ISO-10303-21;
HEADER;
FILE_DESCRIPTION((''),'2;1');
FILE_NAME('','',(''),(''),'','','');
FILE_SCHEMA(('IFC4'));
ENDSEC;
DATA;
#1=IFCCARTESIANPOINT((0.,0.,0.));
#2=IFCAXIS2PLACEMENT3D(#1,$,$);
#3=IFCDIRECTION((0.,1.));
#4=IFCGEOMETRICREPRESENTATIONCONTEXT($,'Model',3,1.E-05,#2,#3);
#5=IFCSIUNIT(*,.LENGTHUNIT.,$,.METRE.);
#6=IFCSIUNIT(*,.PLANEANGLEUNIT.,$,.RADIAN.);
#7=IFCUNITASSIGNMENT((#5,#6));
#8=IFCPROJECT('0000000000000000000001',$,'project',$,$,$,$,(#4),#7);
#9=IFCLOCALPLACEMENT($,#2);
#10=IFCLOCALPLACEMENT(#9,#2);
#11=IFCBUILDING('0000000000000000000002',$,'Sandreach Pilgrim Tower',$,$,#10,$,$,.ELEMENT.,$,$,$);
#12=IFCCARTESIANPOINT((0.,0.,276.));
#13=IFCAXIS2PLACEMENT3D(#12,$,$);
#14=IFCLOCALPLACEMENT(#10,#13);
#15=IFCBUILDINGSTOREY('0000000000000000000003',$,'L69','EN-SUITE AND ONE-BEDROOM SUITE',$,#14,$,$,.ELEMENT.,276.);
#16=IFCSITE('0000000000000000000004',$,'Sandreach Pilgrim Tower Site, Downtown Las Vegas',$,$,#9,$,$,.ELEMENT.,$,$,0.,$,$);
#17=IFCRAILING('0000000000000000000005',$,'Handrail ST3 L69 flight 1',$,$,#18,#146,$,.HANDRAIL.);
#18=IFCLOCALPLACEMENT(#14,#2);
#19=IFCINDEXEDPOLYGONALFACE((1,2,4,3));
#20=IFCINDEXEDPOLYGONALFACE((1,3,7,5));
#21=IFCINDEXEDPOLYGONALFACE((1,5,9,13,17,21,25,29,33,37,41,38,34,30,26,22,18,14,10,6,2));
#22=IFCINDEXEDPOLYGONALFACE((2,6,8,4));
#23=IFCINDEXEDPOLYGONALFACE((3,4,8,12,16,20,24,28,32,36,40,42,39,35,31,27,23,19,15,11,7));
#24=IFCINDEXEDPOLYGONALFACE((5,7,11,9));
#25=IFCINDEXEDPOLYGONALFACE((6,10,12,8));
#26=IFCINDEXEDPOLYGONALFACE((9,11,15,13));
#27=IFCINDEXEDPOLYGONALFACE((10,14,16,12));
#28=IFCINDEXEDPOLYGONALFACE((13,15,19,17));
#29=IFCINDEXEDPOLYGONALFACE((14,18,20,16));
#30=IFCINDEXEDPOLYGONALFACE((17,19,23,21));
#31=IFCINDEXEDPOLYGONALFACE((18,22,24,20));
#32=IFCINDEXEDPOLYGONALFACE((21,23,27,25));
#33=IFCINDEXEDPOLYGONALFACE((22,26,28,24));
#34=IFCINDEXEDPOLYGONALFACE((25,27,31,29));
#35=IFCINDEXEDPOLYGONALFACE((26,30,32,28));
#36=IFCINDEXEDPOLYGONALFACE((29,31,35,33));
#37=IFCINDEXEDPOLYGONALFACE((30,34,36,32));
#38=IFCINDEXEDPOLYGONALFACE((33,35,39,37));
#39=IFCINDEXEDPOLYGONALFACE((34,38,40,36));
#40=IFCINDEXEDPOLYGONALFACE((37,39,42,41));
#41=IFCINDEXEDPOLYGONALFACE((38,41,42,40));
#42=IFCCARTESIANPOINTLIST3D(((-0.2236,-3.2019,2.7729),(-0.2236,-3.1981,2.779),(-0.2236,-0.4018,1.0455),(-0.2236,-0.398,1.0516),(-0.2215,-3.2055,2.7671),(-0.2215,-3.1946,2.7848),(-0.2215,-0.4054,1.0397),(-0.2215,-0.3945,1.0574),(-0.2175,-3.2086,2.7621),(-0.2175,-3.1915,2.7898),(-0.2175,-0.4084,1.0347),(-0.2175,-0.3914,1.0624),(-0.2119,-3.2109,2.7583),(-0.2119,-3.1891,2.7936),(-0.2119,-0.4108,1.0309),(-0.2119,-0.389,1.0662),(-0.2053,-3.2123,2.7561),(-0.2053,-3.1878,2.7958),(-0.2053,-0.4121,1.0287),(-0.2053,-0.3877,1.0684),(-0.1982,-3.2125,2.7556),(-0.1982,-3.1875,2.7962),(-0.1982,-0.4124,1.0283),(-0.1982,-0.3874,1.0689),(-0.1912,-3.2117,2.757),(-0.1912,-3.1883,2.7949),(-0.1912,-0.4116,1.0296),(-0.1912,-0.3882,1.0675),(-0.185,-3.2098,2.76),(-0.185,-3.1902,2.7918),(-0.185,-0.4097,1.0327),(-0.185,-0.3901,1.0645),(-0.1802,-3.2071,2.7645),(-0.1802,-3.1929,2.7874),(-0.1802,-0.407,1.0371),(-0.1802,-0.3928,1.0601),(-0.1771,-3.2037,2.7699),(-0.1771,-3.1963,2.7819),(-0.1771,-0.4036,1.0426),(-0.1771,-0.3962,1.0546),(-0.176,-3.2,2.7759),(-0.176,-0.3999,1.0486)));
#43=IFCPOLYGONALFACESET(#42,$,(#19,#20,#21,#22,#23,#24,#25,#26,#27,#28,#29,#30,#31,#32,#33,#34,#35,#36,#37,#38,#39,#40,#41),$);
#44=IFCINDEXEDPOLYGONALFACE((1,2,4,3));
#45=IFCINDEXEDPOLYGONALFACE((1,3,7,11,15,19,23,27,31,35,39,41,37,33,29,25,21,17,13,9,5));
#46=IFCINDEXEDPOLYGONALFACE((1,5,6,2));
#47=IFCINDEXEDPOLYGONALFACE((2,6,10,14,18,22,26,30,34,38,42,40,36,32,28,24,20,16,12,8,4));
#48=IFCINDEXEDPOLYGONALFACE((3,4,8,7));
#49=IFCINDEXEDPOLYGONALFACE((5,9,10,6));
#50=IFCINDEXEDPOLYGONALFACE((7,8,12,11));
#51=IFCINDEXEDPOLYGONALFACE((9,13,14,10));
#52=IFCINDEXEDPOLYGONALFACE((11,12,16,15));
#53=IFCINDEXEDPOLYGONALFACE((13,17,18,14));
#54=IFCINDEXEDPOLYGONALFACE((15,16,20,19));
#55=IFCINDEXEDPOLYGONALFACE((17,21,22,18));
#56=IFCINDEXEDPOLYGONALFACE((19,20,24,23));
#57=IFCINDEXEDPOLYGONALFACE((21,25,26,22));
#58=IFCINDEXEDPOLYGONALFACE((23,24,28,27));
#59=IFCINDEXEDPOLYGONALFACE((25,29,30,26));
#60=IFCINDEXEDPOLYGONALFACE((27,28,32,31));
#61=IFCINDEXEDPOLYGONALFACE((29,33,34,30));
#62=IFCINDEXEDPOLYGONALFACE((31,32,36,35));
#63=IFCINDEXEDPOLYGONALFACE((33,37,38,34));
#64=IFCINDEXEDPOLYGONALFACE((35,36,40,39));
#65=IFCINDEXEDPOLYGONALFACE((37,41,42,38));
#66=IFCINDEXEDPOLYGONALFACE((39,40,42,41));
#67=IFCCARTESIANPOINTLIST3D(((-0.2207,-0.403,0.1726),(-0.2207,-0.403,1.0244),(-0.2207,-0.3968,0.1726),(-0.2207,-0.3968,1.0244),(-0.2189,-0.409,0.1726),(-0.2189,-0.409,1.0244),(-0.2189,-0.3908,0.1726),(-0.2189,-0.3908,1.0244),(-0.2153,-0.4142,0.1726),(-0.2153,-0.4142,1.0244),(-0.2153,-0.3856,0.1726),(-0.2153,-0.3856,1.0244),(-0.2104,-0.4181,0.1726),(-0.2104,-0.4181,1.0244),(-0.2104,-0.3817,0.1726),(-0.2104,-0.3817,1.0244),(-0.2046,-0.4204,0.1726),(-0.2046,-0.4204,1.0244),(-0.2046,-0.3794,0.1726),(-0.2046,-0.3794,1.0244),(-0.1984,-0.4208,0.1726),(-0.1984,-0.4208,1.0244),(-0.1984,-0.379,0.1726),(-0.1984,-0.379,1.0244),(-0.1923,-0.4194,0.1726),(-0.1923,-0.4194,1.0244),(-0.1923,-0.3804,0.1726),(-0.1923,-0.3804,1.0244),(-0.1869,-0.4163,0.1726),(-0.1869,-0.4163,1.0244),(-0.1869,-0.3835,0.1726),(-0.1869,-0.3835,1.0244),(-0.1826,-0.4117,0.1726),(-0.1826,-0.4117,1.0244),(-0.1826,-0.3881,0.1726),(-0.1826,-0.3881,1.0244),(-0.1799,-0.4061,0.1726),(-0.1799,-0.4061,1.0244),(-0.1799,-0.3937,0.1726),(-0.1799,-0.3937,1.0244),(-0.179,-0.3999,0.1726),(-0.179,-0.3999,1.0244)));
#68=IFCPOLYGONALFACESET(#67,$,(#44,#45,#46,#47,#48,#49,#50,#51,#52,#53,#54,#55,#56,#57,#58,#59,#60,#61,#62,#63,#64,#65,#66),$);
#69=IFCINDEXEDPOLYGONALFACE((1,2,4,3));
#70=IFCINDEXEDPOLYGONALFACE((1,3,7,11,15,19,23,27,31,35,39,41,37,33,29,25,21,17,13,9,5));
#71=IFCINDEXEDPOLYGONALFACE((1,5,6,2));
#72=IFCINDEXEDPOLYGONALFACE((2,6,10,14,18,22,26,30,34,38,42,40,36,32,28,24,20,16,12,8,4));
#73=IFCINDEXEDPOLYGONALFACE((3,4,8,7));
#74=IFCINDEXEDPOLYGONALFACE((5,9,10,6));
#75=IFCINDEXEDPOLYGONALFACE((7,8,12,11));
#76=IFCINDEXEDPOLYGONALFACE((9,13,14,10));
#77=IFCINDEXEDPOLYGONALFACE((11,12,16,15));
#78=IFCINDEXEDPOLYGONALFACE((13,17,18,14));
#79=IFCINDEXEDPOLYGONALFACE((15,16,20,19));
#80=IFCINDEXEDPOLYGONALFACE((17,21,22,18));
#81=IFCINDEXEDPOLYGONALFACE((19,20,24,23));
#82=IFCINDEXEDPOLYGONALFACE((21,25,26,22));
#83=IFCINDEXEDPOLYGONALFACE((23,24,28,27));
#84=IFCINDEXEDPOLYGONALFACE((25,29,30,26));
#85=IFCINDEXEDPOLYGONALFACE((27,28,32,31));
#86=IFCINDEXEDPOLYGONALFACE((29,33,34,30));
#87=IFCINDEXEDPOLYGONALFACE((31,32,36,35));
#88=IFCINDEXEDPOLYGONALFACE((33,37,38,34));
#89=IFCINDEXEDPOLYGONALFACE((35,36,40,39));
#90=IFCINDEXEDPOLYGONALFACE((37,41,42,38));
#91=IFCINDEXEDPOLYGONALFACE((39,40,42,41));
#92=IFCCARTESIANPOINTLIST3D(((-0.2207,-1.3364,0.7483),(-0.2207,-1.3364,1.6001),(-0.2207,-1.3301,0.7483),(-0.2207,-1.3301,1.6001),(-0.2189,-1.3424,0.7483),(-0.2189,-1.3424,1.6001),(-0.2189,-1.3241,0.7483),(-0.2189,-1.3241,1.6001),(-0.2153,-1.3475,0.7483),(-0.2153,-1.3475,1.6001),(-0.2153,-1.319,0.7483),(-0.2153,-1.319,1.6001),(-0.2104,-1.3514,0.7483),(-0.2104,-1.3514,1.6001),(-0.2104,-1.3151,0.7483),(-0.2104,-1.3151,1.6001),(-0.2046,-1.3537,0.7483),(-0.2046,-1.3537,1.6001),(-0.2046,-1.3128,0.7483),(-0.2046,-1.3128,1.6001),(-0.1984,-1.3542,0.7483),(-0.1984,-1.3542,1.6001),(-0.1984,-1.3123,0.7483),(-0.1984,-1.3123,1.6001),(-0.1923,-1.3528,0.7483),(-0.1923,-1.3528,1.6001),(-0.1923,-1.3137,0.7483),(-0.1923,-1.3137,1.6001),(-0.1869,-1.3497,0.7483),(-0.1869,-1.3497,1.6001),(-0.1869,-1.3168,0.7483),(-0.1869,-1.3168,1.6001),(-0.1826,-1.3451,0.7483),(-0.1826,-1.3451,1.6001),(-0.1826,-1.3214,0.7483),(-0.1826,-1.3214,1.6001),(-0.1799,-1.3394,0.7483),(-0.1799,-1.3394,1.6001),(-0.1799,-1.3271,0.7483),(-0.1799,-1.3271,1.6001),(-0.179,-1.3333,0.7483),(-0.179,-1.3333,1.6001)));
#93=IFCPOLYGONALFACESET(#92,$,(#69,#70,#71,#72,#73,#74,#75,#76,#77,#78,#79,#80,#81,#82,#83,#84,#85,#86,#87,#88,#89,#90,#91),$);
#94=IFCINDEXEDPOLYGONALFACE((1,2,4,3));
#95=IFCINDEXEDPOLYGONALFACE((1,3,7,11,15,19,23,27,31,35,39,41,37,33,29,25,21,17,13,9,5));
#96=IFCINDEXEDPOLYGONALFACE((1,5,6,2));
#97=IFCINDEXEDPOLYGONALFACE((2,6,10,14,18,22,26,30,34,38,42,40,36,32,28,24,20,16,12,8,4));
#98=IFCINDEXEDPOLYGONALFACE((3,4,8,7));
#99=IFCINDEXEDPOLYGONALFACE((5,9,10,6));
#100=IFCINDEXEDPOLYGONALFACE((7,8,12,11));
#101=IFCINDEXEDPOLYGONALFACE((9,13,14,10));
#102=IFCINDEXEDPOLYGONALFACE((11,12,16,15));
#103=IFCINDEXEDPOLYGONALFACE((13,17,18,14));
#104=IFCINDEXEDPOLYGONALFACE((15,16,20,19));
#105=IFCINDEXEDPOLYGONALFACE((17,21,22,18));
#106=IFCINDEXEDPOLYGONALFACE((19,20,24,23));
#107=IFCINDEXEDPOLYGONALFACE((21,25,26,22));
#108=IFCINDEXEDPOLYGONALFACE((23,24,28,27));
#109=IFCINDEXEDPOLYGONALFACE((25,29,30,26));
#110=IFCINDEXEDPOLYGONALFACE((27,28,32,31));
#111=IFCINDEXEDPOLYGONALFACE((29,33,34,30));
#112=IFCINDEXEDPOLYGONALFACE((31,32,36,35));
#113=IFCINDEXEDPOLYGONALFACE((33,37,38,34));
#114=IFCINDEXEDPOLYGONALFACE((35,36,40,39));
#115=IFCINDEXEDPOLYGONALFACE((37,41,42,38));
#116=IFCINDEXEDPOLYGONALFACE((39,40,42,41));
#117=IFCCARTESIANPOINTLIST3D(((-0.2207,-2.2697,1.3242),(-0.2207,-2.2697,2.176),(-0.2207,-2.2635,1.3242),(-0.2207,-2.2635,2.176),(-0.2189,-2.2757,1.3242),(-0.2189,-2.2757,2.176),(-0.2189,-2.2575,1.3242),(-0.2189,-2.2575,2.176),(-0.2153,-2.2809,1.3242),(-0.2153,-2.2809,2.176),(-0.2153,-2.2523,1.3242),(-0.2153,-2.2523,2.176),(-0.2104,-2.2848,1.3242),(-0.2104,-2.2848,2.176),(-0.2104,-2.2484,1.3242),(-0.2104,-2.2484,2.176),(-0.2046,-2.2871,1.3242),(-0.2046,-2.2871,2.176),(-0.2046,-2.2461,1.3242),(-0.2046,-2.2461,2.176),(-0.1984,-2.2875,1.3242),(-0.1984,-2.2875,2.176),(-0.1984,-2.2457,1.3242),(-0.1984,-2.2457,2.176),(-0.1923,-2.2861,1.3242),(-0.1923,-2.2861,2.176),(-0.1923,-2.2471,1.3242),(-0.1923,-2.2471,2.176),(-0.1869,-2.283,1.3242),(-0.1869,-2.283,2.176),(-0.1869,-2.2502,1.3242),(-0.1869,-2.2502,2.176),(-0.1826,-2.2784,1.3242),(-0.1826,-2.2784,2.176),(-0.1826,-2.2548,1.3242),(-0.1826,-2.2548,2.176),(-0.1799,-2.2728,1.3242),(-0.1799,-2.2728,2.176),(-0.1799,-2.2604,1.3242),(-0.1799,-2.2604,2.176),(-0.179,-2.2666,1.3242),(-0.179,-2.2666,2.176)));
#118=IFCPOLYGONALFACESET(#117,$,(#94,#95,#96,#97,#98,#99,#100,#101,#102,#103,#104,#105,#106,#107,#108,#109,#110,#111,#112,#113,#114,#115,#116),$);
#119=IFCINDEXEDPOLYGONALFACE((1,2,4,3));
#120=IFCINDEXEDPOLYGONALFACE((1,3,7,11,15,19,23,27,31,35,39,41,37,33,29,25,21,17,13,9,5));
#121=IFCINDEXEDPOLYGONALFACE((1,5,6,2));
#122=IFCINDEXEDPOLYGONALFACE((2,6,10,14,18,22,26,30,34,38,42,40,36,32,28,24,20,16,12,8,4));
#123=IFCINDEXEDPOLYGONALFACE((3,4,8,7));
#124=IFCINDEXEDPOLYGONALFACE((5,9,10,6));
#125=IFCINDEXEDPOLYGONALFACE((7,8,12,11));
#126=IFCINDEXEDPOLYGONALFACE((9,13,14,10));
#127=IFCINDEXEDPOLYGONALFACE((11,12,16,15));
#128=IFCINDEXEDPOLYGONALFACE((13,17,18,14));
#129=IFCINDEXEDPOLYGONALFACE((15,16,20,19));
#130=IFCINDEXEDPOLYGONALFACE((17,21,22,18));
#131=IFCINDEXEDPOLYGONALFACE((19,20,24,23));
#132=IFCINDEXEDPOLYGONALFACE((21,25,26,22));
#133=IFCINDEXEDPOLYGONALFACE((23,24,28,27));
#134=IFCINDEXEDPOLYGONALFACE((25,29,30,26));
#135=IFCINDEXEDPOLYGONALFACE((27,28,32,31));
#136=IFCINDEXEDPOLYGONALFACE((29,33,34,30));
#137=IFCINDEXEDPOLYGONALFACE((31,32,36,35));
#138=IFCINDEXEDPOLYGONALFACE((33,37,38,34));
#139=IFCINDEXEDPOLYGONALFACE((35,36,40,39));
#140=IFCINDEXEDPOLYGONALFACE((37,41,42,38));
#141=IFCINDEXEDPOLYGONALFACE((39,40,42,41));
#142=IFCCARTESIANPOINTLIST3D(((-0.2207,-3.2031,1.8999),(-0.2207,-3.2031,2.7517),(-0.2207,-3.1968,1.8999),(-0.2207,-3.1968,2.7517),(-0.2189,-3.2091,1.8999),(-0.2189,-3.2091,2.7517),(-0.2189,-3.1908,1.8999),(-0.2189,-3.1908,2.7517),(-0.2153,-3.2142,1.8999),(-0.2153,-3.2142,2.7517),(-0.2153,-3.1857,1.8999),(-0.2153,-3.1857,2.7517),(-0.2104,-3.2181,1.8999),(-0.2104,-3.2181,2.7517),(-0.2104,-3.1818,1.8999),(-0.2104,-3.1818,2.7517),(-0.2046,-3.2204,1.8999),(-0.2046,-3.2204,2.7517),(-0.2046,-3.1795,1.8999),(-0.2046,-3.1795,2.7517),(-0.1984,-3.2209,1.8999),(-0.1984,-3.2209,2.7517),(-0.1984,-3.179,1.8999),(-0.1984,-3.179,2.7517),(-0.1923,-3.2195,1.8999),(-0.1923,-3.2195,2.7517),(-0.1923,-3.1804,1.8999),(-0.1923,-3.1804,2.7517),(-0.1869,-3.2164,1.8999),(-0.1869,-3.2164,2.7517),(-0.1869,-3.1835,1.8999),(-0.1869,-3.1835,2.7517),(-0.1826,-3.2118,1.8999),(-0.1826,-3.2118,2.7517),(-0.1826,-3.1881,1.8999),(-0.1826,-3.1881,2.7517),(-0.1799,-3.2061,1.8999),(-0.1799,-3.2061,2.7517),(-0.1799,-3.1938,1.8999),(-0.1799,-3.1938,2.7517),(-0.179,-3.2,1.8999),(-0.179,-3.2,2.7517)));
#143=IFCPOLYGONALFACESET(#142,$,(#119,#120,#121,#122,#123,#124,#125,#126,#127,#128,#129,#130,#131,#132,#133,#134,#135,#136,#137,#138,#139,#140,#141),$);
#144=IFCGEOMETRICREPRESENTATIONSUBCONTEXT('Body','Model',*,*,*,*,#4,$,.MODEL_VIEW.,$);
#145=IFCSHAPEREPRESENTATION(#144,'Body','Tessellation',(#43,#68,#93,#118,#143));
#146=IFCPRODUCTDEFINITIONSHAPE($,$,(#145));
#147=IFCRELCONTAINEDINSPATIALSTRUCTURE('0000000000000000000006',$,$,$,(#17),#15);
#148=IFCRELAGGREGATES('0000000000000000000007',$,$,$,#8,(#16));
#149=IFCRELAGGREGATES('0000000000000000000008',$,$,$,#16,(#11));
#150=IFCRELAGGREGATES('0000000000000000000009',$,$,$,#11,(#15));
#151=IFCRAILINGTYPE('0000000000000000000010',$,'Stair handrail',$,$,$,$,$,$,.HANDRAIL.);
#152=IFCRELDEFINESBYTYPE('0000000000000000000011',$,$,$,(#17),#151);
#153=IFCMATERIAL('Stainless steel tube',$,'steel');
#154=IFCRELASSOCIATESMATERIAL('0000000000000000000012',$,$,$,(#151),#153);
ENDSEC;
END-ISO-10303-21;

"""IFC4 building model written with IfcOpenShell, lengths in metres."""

from ifc_helpers import new_model, si_unit, direction, frame, origin, origin_2d, place, context, subcontext, project, spatial, circle, extrude, material, type_object, element, save


model = new_model("IFC4")

# Units and contexts
model_context = context("Model", 3, precision=1e-05, world=origin(), true_north=direction((0.0, 1.0)))
body_context = subcontext(model_context, "Body", "Model", "MODEL_VIEW")
ifc_project = project(units=[si_unit("LENGTHUNIT", "METRE"), si_unit("PLANEANGLEUNIT", "RADIAN")], contexts=[model_context])

# Site, building, storey
site_placement = place(None, origin())
site = spatial("IfcSite", under=ifc_project, at=site_placement, Name="Sandreach Pilgrim Tower Site, Downtown Las Vegas", CompositionType="ELEMENT", RefElevation=0.0)
building_placement = place(site_placement, origin())
building = spatial("IfcBuilding", under=site, at=building_placement, Name="Sandreach Pilgrim Tower", CompositionType="ELEMENT")
storey_placement = place(building_placement, frame((0.0, 0.0, 276.0)))
storey = spatial("IfcBuildingStorey", under=building, at=storey_placement, Name="L69", Description="EN-SUITE AND ONE-BEDROOM SUITE", CompositionType="ELEMENT", Elevation=276.0)

# Railing
ifc_material_1 = material(Name="Stainless steel tube", Category="steel")
railing_type = type_object("IfcRailingType", Name="Stair handrail", PredefinedType="HANDRAIL", material=ifc_material_1)
for number, where, name in (
    (1, (-0.2, -0.3999, 0.1726), "Handrail ST3 L69 flight 1"),
):
    element("IfcRailing", number, at=place(storey_placement, frame(where)), inside=storey, type_object=railing_type, Name=name, PredefinedType="HANDRAIL", context=body_context, shape_type="SweptSolid", body=[
        extrude(circle(Radius=0.0239, at=origin_2d()), frame((0.0, 0.0, 0.876), z_axis=(0.0, -0.85109, 0.52502), x_axis=(1.0, 0.0, 0.0)), (0.0, 0.0, 1.0), 3.29),
        extrude(circle(Radius=0.021, at=origin_2d()), origin(), (0.0, 0.0, 1.0), 0.8518),
        extrude(circle(Radius=0.021, at=origin_2d()), frame((0.0, -0.9333, 0.5757)), (0.0, 0.0, 1.0), 0.8518),
        extrude(circle(Radius=0.021, at=origin_2d()), frame((0.0, -1.8667, 1.1516)), (0.0, 0.0, 1.0), 0.8518),
        extrude(circle(Radius=0.021, at=origin_2d()), frame((0.0, -2.8, 1.7273)), (0.0, 0.0, 1.0), 0.8518),
    ])

save(model, "model.ifc")
